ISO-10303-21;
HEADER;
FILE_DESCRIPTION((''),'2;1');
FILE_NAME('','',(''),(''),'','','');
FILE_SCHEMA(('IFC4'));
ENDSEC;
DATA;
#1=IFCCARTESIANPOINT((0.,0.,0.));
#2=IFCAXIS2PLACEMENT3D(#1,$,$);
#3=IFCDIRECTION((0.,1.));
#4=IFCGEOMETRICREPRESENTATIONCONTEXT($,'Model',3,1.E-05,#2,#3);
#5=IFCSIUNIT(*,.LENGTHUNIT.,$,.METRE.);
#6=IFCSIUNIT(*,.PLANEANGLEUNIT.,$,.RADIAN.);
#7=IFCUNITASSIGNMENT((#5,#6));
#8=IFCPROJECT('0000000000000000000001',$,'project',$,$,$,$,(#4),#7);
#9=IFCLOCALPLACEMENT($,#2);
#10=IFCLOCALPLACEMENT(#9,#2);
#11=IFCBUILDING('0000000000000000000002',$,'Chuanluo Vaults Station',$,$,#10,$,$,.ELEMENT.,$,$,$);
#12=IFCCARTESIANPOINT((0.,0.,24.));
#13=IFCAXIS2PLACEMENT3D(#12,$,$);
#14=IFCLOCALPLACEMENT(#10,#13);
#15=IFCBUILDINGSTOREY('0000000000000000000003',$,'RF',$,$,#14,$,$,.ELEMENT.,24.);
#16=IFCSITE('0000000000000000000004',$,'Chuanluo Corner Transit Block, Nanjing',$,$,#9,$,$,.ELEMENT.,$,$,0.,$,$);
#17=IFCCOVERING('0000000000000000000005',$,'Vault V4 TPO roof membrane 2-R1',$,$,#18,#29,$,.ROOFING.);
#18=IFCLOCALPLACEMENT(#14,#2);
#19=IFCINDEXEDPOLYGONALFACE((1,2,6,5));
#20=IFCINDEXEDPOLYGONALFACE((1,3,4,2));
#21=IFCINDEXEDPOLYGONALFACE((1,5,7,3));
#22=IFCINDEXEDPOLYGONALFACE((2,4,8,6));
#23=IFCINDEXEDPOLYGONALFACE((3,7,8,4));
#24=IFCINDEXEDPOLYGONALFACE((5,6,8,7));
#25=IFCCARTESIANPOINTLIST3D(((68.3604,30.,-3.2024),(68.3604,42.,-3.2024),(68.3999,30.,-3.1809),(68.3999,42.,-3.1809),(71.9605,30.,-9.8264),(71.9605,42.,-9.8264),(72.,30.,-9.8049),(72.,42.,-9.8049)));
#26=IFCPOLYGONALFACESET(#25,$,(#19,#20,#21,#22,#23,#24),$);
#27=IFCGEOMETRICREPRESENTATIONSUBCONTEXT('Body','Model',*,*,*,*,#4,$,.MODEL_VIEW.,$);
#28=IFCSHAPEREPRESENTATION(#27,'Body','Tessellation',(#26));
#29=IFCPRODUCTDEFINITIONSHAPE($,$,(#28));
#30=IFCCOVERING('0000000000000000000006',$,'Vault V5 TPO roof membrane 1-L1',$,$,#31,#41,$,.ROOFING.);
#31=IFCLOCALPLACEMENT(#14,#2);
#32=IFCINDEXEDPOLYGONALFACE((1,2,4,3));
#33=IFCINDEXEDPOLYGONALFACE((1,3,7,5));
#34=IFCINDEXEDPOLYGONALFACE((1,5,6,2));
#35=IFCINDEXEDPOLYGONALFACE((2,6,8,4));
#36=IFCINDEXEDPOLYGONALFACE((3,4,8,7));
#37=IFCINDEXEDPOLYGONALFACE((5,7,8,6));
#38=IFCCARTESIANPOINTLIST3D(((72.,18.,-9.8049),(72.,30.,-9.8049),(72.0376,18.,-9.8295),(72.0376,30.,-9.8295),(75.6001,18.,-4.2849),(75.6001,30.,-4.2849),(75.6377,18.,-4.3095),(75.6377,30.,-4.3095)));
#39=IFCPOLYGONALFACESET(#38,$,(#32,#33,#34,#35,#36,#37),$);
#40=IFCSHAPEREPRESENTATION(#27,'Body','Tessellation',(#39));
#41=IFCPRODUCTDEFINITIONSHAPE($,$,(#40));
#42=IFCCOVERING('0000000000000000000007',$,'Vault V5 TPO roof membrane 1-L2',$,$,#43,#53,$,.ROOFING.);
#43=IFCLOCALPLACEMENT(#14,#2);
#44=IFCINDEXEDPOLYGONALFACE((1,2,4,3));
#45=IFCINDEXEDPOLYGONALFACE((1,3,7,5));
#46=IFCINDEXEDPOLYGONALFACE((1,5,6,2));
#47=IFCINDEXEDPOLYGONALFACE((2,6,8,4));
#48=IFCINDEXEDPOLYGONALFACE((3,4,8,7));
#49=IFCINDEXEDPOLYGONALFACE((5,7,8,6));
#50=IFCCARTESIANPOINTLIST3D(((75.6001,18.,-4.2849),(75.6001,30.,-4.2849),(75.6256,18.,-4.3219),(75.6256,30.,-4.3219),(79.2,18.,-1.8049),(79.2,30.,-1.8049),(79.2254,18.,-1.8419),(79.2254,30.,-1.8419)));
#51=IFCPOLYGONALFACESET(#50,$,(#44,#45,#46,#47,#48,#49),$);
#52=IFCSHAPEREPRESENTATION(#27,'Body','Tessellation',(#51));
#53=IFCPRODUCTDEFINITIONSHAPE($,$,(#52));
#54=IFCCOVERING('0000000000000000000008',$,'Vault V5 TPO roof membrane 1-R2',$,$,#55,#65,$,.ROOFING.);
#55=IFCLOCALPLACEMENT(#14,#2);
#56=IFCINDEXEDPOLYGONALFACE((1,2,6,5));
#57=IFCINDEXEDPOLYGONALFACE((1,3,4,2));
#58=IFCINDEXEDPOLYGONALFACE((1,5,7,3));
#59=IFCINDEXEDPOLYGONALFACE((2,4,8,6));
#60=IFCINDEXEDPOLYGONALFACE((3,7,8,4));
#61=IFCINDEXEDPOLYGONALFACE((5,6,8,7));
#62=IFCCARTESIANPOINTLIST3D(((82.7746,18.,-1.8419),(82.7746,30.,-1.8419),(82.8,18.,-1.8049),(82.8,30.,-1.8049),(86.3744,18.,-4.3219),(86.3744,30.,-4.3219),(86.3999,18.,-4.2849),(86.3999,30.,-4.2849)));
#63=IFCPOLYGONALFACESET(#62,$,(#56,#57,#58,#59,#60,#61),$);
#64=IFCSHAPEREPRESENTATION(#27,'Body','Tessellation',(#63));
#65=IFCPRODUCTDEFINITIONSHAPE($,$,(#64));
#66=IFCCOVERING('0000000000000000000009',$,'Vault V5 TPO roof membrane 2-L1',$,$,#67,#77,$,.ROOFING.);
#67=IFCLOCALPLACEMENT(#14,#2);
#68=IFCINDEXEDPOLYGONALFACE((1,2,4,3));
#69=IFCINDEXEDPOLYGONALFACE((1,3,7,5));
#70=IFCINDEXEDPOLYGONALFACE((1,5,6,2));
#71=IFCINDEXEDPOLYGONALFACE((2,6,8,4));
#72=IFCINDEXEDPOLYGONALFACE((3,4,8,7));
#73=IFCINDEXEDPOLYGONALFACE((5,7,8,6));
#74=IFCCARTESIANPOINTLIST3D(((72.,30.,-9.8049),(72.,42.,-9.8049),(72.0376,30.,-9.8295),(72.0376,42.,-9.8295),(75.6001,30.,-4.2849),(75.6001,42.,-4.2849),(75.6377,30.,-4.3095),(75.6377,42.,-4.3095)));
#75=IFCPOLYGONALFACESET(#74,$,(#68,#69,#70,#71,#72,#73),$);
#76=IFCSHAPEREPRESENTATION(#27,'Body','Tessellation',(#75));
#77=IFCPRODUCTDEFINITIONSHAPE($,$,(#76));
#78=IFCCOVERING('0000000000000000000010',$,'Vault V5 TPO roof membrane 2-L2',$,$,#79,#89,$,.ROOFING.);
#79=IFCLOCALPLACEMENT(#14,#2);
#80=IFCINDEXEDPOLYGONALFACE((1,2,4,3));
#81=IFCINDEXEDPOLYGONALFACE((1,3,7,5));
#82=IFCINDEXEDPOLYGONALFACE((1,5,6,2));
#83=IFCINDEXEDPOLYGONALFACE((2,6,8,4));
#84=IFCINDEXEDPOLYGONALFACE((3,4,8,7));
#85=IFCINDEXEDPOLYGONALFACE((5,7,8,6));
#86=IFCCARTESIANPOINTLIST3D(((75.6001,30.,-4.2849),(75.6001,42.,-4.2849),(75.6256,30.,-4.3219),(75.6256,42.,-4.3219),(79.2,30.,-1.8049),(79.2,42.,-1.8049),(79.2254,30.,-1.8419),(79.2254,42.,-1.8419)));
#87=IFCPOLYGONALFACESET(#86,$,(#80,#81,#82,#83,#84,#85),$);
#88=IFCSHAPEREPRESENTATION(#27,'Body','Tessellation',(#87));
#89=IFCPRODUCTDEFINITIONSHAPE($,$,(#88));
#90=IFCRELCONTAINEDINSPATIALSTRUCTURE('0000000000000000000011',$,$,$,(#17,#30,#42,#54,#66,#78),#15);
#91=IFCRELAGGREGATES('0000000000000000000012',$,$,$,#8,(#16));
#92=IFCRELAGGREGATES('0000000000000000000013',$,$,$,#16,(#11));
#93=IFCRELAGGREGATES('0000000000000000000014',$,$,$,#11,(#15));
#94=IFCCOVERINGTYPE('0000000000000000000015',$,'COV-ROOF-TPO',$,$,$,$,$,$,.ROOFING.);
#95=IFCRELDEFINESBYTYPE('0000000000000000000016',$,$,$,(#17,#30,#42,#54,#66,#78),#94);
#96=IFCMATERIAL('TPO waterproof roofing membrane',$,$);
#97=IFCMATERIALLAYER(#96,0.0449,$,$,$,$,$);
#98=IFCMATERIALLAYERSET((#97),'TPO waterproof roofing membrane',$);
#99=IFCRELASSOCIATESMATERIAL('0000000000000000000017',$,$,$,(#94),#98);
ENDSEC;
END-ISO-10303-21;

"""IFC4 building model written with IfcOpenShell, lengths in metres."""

from ifc_helpers import new_model, si_unit, direction, frame, origin, place, context, subcontext, project, spatial, polyline, outline, extrude, material, layer, layer_set, type_object, element, save


model = new_model("IFC4")

# Units and contexts
model_context = context("Model", 3, precision=1e-05, world=origin(), true_north=direction((0.0, 1.0)))
body_context = subcontext(model_context, "Body", "Model", "MODEL_VIEW")
ifc_project = project(units=[si_unit("LENGTHUNIT", "METRE"), si_unit("PLANEANGLEUNIT", "RADIAN")], contexts=[model_context])

# Site, building, storey
site_placement = place(None, origin())
site = spatial("IfcSite", under=ifc_project, at=site_placement, Name="Chuanluo Corner Transit Block, Nanjing", CompositionType="ELEMENT", RefElevation=0.0)
building_placement = place(site_placement, origin())
building = spatial("IfcBuilding", under=site, at=building_placement, Name="Chuanluo Vaults Station", CompositionType="ELEMENT")
storey_placement = place(building_placement, frame((0.0, 0.0, 24.0)))
storey = spatial("IfcBuildingStorey", under=building, at=storey_placement, Name="RF", CompositionType="ELEMENT", Elevation=24.0)

# Coverings
ifc_material_1 = material(Name="TPO waterproof roofing membrane")
ifc_layer_1 = layer(ifc_material_1, 0.0449)
ifc_layer_set_1 = layer_set([ifc_layer_1], Name="TPO waterproof roofing membrane")
covering_type_1 = type_object("IfcCoveringType", Name="COV-ROOF-TPO", PredefinedType="ROOFING", material=ifc_layer_set_1)
covering_1_placement = place(storey_placement, frame((68.3999, 30.0, -3.1809), z_axis=(0.87862, 0.0, 0.477522), x_axis=(0.477522, 0.0, -0.87862)))
element("IfcCovering", 1, at=covering_1_placement, inside=storey, type_object=covering_type_1, Name="Vault V4 TPO roof membrane 2-R1", PredefinedType="ROOFING", context=body_context, shape_type="SweptSolid", body=[
    extrude(outline(polyline([(0.0, 0.0), (7.5391, 0.0), (7.5391, 12.0), (0.0, 12.0), (0.0, 0.0)])), origin(), (0.0, 0.0, -1.0), 0.0449),
])
covering_2_placement = place(storey_placement, frame((72.0, 18.0, -9.8049), z_axis=(-0.837605, 0.0, 0.546277), x_axis=(0.546277, 0.0, 0.837605)))
element("IfcCovering", 2, at=covering_2_placement, inside=storey, type_object=covering_type_1, Name="Vault V5 TPO roof membrane 1-L1", PredefinedType="ROOFING", context=body_context, shape_type="SweptSolid", body=[
    extrude(outline(polyline([(0.0, 0.0), (6.5902, 0.0), (6.5902, 12.0), (0.0, 12.0), (0.0, 0.0)])), origin(), (0.0, 0.0, -1.0), 0.0449),
])
for number, where, z_axis, x_axis, name in (
    (3, (75.6001, 18.0, -4.2849), (-0.567318, 0.0, 0.823499), (0.823499, 0.0, 0.567318), "Vault V5 TPO roof membrane 1-L2"),
    (4, (82.8, 18.0, -1.8049), (0.567318, 0.0, 0.823499), (0.823499, 0.0, -0.567318), "Vault V5 TPO roof membrane 1-R2"),
):
    element("IfcCovering", number, at=place(storey_placement, frame(where, z_axis=z_axis, x_axis=x_axis)), inside=storey, type_object=covering_type_1, Name=name, PredefinedType="ROOFING", context=body_context, shape_type="SweptSolid", body=[
        extrude(outline(polyline([(0.0, 0.0), (4.3714, 0.0), (4.3714, 12.0), (0.0, 12.0), (0.0, 0.0)])), origin(), (0.0, 0.0, -1.0), 0.0449),
    ])
covering_3_placement = place(storey_placement, frame((72.0, 30.0, -9.8049), z_axis=(-0.837605, 0.0, 0.546277), x_axis=(0.546277, 0.0, 0.837605)))
element("IfcCovering", 5, at=covering_3_placement, inside=storey, type_object=covering_type_1, Name="Vault V5 TPO roof membrane 2-L1", PredefinedType="ROOFING", context=body_context, shape_type="SweptSolid", body=[
    extrude(outline(polyline([(0.0, 0.0), (6.5902, 0.0), (6.5902, 12.0), (0.0, 12.0), (0.0, 0.0)])), origin(), (0.0, 0.0, -1.0), 0.0449),
])
covering_4_placement = place(storey_placement, frame((75.6001, 30.0, -4.2849), z_axis=(-0.567318, 0.0, 0.823499), x_axis=(0.823499, 0.0, 0.567318)))
element("IfcCovering", 6, at=covering_4_placement, inside=storey, type_object=covering_type_1, Name="Vault V5 TPO roof membrane 2-L2", PredefinedType="ROOFING", context=body_context, shape_type="SweptSolid", body=[
    extrude(outline(polyline([(0.0, 0.0), (4.3714, 0.0), (4.3714, 12.0), (0.0, 12.0), (0.0, 0.0)])), origin(), (0.0, 0.0, -1.0), 0.0449),
])

save(model, "model.ifc")
